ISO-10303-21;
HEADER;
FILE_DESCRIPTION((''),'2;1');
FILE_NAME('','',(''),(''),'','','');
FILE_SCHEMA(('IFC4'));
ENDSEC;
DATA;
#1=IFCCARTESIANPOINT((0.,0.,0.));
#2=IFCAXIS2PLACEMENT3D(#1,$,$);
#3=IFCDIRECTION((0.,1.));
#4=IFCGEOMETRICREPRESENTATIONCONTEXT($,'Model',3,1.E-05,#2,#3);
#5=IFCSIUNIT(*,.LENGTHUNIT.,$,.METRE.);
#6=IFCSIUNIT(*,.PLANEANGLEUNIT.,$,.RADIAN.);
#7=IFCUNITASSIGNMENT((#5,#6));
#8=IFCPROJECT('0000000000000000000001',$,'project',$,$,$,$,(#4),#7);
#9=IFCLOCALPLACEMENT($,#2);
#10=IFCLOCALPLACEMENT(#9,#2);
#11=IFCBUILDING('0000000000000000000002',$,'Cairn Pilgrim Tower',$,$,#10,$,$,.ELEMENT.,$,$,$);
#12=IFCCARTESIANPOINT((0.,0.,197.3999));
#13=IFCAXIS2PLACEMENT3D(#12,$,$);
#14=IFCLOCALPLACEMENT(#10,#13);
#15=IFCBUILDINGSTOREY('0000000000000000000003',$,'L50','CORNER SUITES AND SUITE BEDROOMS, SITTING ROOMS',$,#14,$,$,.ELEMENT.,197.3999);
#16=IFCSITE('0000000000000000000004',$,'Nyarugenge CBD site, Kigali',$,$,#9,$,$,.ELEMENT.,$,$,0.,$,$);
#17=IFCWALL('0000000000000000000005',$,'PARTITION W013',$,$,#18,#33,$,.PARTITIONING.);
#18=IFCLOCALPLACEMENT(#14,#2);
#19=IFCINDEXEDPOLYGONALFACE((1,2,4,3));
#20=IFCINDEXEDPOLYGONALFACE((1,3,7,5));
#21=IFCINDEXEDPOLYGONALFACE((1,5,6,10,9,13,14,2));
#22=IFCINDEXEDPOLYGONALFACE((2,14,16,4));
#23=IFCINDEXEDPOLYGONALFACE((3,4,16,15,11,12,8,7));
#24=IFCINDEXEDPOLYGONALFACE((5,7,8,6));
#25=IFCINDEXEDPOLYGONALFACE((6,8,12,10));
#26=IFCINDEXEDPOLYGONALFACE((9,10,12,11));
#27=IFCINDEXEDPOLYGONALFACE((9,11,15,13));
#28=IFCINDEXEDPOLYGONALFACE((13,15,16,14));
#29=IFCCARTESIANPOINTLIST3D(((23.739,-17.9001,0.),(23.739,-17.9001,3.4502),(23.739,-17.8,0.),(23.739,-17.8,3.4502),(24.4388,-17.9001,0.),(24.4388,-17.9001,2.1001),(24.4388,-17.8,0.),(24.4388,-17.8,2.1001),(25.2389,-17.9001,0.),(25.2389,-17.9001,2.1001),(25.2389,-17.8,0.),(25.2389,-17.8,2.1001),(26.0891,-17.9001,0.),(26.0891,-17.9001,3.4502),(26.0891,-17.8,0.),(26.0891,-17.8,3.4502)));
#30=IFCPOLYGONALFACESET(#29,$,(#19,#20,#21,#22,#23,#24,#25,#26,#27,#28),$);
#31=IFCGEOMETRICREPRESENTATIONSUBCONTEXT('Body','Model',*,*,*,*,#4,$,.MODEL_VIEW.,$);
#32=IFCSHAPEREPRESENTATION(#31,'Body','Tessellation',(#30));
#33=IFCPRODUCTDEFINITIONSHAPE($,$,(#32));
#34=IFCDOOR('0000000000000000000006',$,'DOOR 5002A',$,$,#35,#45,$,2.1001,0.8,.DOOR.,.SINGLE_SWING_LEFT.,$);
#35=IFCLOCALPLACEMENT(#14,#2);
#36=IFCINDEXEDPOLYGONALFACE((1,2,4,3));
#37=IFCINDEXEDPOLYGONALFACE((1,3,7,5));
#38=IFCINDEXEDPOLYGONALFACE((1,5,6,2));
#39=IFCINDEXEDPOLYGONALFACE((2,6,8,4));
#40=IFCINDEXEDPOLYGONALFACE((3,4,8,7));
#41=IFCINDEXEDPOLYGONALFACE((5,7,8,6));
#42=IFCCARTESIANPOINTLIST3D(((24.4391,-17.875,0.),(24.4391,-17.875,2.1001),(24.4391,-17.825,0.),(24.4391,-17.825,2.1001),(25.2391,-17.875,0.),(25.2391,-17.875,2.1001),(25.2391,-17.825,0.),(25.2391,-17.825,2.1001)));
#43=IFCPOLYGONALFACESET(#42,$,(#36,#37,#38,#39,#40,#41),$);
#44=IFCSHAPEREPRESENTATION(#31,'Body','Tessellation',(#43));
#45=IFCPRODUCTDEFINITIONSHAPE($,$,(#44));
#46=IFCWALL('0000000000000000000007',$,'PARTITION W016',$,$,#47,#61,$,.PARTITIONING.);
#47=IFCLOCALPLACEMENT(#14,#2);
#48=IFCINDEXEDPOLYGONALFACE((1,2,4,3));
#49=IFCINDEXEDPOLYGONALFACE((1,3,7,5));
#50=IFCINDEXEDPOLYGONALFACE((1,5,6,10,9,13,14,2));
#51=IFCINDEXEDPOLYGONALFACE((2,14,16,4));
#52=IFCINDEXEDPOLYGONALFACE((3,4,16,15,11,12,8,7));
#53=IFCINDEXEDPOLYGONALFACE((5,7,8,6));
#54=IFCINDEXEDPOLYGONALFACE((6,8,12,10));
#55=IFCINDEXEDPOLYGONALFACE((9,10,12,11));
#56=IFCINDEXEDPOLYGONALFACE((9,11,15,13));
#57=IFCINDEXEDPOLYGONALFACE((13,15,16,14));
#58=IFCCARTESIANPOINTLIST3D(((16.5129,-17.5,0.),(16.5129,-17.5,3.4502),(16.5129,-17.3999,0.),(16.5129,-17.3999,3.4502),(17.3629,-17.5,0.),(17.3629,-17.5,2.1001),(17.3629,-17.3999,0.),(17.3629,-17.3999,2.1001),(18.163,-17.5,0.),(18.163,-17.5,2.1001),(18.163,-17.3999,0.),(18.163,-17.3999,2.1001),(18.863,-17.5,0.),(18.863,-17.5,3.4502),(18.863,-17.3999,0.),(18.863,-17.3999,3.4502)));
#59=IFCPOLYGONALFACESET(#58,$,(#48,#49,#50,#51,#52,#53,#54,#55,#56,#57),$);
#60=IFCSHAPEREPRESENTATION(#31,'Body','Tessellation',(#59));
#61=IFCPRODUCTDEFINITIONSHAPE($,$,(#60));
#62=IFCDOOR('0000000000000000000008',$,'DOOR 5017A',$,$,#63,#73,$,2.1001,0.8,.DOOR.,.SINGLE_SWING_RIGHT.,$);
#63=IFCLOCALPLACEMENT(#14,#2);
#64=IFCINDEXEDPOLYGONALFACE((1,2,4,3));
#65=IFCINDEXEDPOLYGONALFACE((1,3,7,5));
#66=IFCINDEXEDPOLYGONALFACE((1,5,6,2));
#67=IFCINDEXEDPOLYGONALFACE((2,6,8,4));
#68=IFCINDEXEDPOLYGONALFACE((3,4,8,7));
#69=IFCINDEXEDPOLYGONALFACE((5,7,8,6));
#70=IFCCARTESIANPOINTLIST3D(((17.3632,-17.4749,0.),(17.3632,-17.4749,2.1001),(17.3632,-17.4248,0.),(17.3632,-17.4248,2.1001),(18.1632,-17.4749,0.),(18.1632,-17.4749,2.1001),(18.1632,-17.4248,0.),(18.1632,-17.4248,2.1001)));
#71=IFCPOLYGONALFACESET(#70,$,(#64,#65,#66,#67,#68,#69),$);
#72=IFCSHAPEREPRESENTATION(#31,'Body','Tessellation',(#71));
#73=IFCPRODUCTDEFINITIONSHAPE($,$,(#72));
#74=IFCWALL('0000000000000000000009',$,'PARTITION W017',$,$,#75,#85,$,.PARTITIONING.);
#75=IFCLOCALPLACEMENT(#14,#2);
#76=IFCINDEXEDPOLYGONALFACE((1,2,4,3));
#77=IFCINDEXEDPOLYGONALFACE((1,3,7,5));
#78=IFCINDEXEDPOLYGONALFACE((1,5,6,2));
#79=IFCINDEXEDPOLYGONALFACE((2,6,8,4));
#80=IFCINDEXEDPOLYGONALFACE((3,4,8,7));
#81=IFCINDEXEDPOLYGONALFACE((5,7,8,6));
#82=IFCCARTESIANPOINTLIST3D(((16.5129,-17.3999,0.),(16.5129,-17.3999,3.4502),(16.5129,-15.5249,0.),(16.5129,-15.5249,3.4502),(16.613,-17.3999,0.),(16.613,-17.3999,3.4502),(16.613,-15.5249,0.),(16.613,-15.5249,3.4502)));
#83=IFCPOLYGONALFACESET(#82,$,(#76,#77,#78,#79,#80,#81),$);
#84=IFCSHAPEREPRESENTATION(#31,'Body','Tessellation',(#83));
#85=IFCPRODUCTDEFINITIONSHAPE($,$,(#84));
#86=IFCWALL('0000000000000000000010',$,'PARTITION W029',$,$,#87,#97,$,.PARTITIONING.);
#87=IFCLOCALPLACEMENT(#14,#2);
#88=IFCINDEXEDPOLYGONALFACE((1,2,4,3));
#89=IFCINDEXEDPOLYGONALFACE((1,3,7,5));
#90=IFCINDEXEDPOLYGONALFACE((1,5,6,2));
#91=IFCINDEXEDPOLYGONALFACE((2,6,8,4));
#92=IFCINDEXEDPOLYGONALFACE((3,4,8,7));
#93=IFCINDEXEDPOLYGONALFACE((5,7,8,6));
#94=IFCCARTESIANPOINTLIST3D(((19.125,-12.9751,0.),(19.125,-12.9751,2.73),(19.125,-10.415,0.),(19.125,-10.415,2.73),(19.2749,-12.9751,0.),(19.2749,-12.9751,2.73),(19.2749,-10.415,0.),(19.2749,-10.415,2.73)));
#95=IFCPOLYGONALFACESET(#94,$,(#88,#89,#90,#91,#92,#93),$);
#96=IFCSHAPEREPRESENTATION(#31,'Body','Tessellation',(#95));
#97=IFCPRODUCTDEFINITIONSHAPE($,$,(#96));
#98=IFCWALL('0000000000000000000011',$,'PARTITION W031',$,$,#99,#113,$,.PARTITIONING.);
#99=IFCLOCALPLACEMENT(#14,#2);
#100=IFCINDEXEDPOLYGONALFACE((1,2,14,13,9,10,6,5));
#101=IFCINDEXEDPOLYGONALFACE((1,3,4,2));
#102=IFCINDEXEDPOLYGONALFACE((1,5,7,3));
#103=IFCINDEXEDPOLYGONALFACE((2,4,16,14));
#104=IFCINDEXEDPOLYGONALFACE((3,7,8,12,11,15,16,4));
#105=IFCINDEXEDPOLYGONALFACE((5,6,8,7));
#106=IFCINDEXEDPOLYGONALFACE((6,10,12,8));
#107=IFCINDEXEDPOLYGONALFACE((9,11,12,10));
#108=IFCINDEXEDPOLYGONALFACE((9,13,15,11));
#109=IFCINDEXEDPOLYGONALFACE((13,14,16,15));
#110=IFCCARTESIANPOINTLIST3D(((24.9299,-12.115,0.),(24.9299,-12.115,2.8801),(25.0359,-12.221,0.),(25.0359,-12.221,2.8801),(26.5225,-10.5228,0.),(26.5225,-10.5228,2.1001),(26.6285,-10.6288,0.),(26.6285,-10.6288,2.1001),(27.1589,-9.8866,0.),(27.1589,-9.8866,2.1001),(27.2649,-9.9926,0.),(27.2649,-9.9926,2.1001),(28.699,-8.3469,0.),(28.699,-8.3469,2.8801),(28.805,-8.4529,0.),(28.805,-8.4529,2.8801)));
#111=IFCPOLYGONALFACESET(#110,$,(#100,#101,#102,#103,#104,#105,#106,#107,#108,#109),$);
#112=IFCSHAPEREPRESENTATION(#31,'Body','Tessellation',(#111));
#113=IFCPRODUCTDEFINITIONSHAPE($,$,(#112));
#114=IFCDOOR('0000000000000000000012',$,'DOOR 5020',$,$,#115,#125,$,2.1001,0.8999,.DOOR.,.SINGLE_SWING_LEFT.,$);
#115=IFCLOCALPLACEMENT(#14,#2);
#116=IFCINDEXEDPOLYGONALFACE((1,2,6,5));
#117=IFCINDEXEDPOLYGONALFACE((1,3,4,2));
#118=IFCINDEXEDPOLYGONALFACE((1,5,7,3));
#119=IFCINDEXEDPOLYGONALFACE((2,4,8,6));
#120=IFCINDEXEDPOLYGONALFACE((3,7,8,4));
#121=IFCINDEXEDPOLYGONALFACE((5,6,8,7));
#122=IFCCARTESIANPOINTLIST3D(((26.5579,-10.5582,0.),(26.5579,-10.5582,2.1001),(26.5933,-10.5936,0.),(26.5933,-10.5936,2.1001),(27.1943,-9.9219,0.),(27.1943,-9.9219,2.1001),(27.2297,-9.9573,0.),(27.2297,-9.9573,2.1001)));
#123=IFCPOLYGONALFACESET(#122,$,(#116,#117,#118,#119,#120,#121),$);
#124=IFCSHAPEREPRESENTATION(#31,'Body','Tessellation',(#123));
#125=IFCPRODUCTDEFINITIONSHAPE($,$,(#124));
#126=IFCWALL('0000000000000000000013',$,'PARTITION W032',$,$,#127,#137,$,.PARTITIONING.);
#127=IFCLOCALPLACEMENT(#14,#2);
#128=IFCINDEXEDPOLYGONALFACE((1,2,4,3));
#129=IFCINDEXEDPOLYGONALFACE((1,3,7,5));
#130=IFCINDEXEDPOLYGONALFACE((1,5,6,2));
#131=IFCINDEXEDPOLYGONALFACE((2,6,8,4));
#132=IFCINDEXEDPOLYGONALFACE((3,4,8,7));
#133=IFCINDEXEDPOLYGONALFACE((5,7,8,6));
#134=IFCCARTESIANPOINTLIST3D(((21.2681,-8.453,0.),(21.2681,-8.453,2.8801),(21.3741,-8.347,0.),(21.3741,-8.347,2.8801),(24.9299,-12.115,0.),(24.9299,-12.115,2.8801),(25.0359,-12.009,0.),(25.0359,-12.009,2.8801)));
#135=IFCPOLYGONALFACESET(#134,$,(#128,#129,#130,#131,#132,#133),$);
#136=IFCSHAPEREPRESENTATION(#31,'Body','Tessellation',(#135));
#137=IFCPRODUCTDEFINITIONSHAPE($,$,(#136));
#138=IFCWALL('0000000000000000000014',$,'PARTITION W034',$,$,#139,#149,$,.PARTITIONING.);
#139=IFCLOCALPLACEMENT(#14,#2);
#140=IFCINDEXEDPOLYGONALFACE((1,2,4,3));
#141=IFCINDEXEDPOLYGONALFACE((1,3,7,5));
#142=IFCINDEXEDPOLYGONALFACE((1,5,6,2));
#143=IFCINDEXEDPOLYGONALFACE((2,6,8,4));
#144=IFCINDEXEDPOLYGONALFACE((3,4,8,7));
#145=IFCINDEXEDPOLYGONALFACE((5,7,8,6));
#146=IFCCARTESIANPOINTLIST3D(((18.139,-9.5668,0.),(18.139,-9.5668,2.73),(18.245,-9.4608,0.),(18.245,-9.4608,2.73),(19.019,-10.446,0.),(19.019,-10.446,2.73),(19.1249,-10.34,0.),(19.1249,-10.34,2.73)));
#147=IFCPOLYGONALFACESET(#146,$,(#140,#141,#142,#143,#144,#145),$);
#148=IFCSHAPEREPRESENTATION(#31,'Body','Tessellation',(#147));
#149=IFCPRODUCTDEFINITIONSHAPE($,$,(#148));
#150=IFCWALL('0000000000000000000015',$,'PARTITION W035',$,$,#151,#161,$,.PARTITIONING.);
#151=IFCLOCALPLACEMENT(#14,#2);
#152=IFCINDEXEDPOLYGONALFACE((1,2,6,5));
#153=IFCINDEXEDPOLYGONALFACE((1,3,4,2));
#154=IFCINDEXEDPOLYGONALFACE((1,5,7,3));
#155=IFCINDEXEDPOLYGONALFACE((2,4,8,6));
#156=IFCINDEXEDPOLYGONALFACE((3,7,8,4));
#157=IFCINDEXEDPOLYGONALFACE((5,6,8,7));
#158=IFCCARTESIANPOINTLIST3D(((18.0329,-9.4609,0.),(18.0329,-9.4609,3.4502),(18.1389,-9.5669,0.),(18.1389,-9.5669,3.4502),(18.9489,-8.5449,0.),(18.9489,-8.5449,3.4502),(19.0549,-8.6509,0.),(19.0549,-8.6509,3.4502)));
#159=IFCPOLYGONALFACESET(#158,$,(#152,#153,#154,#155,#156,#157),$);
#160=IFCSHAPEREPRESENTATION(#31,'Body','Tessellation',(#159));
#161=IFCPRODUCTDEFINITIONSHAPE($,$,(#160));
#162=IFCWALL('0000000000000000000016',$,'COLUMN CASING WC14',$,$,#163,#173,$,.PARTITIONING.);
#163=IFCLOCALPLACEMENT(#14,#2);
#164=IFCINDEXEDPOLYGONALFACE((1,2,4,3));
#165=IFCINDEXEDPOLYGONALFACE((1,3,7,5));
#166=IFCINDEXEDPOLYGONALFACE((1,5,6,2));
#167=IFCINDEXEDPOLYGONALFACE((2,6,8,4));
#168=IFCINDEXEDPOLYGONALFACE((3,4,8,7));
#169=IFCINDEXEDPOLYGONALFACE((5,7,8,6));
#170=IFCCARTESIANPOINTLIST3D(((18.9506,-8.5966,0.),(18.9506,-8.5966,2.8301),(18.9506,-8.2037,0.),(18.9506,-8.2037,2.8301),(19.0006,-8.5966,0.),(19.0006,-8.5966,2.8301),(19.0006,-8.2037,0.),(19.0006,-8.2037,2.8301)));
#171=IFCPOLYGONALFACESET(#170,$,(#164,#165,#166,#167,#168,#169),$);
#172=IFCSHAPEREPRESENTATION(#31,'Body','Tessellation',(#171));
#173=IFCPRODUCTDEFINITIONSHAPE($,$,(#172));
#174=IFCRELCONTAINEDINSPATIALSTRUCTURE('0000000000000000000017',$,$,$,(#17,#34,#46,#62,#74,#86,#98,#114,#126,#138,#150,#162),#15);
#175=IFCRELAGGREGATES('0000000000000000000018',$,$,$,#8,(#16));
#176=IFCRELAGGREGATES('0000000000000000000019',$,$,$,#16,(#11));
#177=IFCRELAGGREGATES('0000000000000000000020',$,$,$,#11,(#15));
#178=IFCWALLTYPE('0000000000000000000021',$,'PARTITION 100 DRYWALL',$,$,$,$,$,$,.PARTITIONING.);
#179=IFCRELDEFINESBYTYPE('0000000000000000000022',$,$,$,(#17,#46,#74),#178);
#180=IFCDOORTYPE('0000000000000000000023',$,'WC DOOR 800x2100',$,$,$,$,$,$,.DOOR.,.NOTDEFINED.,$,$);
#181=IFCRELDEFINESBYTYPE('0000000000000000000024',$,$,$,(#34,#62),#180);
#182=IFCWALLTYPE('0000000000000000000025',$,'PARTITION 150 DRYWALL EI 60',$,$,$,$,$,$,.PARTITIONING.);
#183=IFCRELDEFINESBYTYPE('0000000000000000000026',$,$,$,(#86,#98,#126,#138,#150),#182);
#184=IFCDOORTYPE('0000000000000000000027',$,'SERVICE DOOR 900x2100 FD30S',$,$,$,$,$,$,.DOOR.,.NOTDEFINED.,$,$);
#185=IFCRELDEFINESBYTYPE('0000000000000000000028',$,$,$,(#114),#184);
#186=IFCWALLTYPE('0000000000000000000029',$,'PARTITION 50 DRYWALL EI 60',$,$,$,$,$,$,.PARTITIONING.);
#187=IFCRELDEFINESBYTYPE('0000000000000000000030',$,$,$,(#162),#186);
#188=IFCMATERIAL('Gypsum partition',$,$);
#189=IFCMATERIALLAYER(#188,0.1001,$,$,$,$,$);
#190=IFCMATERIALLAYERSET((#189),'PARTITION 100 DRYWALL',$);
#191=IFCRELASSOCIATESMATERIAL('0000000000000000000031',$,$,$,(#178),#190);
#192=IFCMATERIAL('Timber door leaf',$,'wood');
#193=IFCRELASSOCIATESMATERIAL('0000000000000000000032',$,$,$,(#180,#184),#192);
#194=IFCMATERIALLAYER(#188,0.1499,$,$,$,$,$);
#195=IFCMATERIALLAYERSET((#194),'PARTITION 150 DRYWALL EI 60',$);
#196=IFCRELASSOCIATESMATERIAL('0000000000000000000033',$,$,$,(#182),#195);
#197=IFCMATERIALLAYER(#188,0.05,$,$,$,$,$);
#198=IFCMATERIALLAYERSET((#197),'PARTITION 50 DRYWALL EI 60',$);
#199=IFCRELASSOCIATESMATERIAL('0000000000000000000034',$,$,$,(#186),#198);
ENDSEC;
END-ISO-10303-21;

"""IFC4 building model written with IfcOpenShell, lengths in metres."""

from ifc_helpers import new_model, si_unit, direction, frame, frame_2d, origin, place, context, subcontext, project, spatial, rectangle, extrude, material, layer, layer_set, type_object, element, fill, save


model = new_model("IFC4")

# Units and contexts
model_context = context("Model", 3, precision=1e-05, world=origin(), true_north=direction((0.0, 1.0)))
body_context = subcontext(model_context, "Body", "Model", "MODEL_VIEW")
ifc_project = project(units=[si_unit("LENGTHUNIT", "METRE"), si_unit("PLANEANGLEUNIT", "RADIAN")], contexts=[model_context])

# Site, building, storey
site_placement = place(None, origin())
site = spatial("IfcSite", under=ifc_project, at=site_placement, Name="Nyarugenge CBD site, Kigali", CompositionType="ELEMENT", RefElevation=0.0)
building_placement = place(site_placement, origin())
building = spatial("IfcBuilding", under=site, at=building_placement, Name="Cairn Pilgrim Tower", CompositionType="ELEMENT")
storey_placement = place(building_placement, frame((0.0, 0.0, 197.3999)))
storey = spatial("IfcBuildingStorey", under=building, at=storey_placement, Name="L50", Description="CORNER SUITES AND SUITE BEDROOMS, SITTING ROOMS", CompositionType="ELEMENT", Elevation=197.3999)

# Walls, openings, doors
ifc_material_1 = material(Name="Gypsum partition")
ifc_layer_1 = layer(ifc_material_1, 0.1001)
ifc_layer_set_1 = layer_set([ifc_layer_1], Name="PARTITION 100 DRYWALL")
wall_type_1 = type_object("IfcWallType", Name="PARTITION 100 DRYWALL", PredefinedType="PARTITIONING", material=ifc_layer_set_1)
ifc_material_2 = material(Name="Timber door leaf", Category="wood")
wall_1_placement = place(storey_placement, frame((23.739, -17.8501, 0.0), z_axis=(0.0, 0.0, 1.0), x_axis=(1.0, 0.0, 0.0)))
wall_1 = element("IfcWall", 1, at=wall_1_placement, inside=storey, type_object=wall_type_1, Name="PARTITION W013", PredefinedType="PARTITIONING", context=body_context, shape_type="SweptSolid", body=[
    extrude(rectangle(XDim=2.3501, YDim=0.1001, at=frame_2d((1.175, 0.0))), origin(), (0.0, 0.0, 1.0), 3.4502),
])
opening_1_placement = place(wall_1_placement, frame((0.7, 0.0, 0.0)))
opening_1 = element("IfcOpeningElement", 2, at=opening_1_placement, cuts=wall_1, PredefinedType="OPENING", context=body_context, shape_type="SweptSolid", body=[
    extrude(rectangle(XDim=0.8, YDim=2.1001, at=frame_2d((0.3999, 1.05))), frame((0.0, 0.0601, 0.0), z_axis=(0.0, -1.0, 0.0), x_axis=(1.0, 0.0, 0.0)), (0.0, 0.0, 1.0), 0.1201),
])
door_type_1 = type_object("IfcDoorType", Name="WC DOOR 800x2100", OperationType="NOTDEFINED", PredefinedType="DOOR", material=ifc_material_2)
door_1_placement = place(opening_1_placement, frame((0.8, 0.0, 0.0), z_axis=(0.0, 0.0, 1.0), x_axis=(-1.0, 0.0, 0.0)))
door_1 = element("IfcDoor", 3, at=door_1_placement, inside=storey, type_object=door_type_1, Name="DOOR 5002A", OperationType="SINGLE_SWING_LEFT", OverallHeight=2.1001, OverallWidth=0.8, PredefinedType="DOOR", context=body_context, shape_type="SweptSolid", body=[
    extrude(rectangle(XDim=0.8, YDim=2.1001, at=frame_2d((0.3999, 1.05))), frame((0.0, 0.0249, 0.0), z_axis=(0.0, -1.0, 0.0), x_axis=(1.0, 0.0, 0.0)), (0.0, 0.0, 1.0), 0.05),
])
fill(opening_1, door_1)
wall_2_placement = place(storey_placement, frame((16.5129, -17.45, 0.0), z_axis=(0.0, 0.0, 1.0), x_axis=(1.0, 0.0, 0.0)))
wall_2 = element("IfcWall", 4, at=wall_2_placement, inside=storey, type_object=wall_type_1, Name="PARTITION W016", PredefinedType="PARTITIONING", context=body_context, shape_type="SweptSolid", body=[
    extrude(rectangle(XDim=2.3501, YDim=0.1001, at=frame_2d((1.175, 0.0))), origin(), (0.0, 0.0, 1.0), 3.4502),
])
opening_2_placement = place(wall_2_placement, frame((0.8501, 0.0, 0.0)))
opening_2 = element("IfcOpeningElement", 5, at=opening_2_placement, cuts=wall_2, PredefinedType="OPENING", context=body_context, shape_type="SweptSolid", body=[
    extrude(rectangle(XDim=0.8, YDim=2.1001, at=frame_2d((0.3999, 1.05))), frame((0.0, 0.0601, 0.0), z_axis=(0.0, -1.0, 0.0), x_axis=(1.0, 0.0, 0.0)), (0.0, 0.0, 1.0), 0.1201),
])
door_2_placement = place(opening_2_placement, frame((0.8, 0.0, 0.0), z_axis=(0.0, 0.0, 1.0), x_axis=(-1.0, 0.0, 0.0)))
door_2 = element("IfcDoor", 6, at=door_2_placement, inside=storey, type_object=door_type_1, Name="DOOR 5017A", OperationType="SINGLE_SWING_RIGHT", OverallHeight=2.1001, OverallWidth=0.8, PredefinedType="DOOR", context=body_context, shape_type="SweptSolid", body=[
    extrude(rectangle(XDim=0.8, YDim=2.1001, at=frame_2d((0.3999, 1.05))), frame((0.0, 0.0249, 0.0), z_axis=(0.0, -1.0, 0.0), x_axis=(1.0, 0.0, 0.0)), (0.0, 0.0, 1.0), 0.05),
])
fill(opening_2, door_2)

# Walls
wall_3_placement = place(storey_placement, frame((16.563, -17.3999, 0.0), z_axis=(0.0, 0.0, 1.0), x_axis=(0.0, 1.0, 0.0)))
element("IfcWall", 7, at=wall_3_placement, inside=storey, type_object=wall_type_1, Name="PARTITION W017", PredefinedType="PARTITIONING", context=body_context, shape_type="SweptSolid", body=[
    extrude(rectangle(XDim=1.875, YDim=0.1001, at=frame_2d((0.9375, 0.0))), origin(), (0.0, 0.0, 1.0), 3.4502),
])
ifc_layer_2 = layer(ifc_material_1, 0.1499)
ifc_layer_set_2 = layer_set([ifc_layer_2], Name="PARTITION 150 DRYWALL EI 60")
wall_type_2 = type_object("IfcWallType", Name="PARTITION 150 DRYWALL EI 60", PredefinedType="PARTITIONING", material=ifc_layer_set_2)
wall_4_placement = place(storey_placement, frame((19.2, -12.9751, 0.0), z_axis=(0.0, 0.0, 1.0), x_axis=(0.0, 1.0, 0.0)))
element("IfcWall", 8, at=wall_4_placement, inside=storey, type_object=wall_type_2, Name="PARTITION W029", PredefinedType="PARTITIONING", context=body_context, shape_type="SweptSolid", body=[
    extrude(rectangle(XDim=2.5601, YDim=0.1499, at=frame_2d((1.28, 0.0))), origin(), (0.0, 0.0, 1.0), 2.73),
])

# Wall, opening, door
wall_5_placement = place(storey_placement, frame((24.9829, -12.168, 0.0), z_axis=(0.0, 0.0, 1.0), x_axis=(0.707198, 0.707015, 0.0)))
wall_5 = element("IfcWall", 9, at=wall_5_placement, inside=storey, type_object=wall_type_2, Name="PARTITION W031", PredefinedType="PARTITIONING", context=body_context, shape_type="SweptSolid", body=[
    extrude(rectangle(XDim=5.3296, YDim=0.1499, at=frame_2d((2.6648, 0.0))), origin(), (0.0, 0.0, 1.0), 2.8801),
])
opening_3_placement = place(wall_5_placement, frame((2.252, 0.0, 0.0)))
opening_3 = element("IfcOpeningElement", 10, at=opening_3_placement, cuts=wall_5, PredefinedType="OPENING", context=body_context, shape_type="SweptSolid", body=[
    extrude(rectangle(XDim=0.8999, YDim=2.1001, at=frame_2d((0.45, 1.05))), frame((0.0, 0.085, 0.0), z_axis=(0.0, -1.0, 0.0), x_axis=(1.0, 0.0, 0.0)), (0.0, 0.0, 1.0), 0.1699),
])
door_type_2 = type_object("IfcDoorType", Name="SERVICE DOOR 900x2100 FD30S", OperationType="NOTDEFINED", PredefinedType="DOOR", material=ifc_material_2)
door_3_placement = place(opening_3_placement, origin())
door_3 = element("IfcDoor", 11, at=door_3_placement, inside=storey, type_object=door_type_2, Name="DOOR 5020", OperationType="SINGLE_SWING_LEFT", OverallHeight=2.1001, OverallWidth=0.8999, PredefinedType="DOOR", context=body_context, shape_type="SweptSolid", body=[
    extrude(rectangle(XDim=0.8999, YDim=2.1001, at=frame_2d((0.45, 1.05))), frame((0.0, 0.0249, 0.0), z_axis=(0.0, -1.0, 0.0), x_axis=(1.0, 0.0, 0.0)), (0.0, 0.0, 1.0), 0.05),
])
fill(opening_3, door_3)

# Walls
wall_6_placement = place(storey_placement, frame((24.9829, -12.062, 0.0), z_axis=(0.0, 0.0, 1.0), x_axis=(-0.707083, 0.70713, 0.0)))
element("IfcWall", 12, at=wall_6_placement, inside=storey, type_object=wall_type_2, Name="PARTITION W032", PredefinedType="PARTITIONING", context=body_context, shape_type="SweptSolid", body=[
    extrude(rectangle(XDim=5.1787, YDim=0.1499, at=frame_2d((2.5894, 0.0))), origin(), (0.0, 0.0, 1.0), 2.8801),
])
wall_7_placement = place(storey_placement, frame((19.072, -10.3931, 0.0), z_axis=(0.0, 0.0, 1.0), x_axis=(-0.707401, 0.706812, 0.0)))
element("IfcWall", 13, at=wall_7_placement, inside=storey, type_object=wall_type_2, Name="PARTITION W034", PredefinedType="PARTITIONING", context=body_context, shape_type="SweptSolid", body=[
    extrude(rectangle(XDim=1.2439, YDim=0.1499, at=frame_2d((0.6221, 0.0))), origin(), (0.0, 0.0, 1.0), 2.73),
])
wall_8_placement = place(storey_placement, frame((18.0859, -9.5139, 0.0), z_axis=(0.0, 0.0, 1.0), x_axis=(0.707107, 0.707107, 0.0)))
element("IfcWall", 14, at=wall_8_placement, inside=storey, type_object=wall_type_2, Name="PARTITION W035", PredefinedType="PARTITIONING", context=body_context, shape_type="SweptSolid", body=[
    extrude(rectangle(XDim=1.2954, YDim=0.1499, at=frame_2d((0.6477, 0.0))), origin(), (0.0, 0.0, 1.0), 3.4502),
])
ifc_layer_3 = layer(ifc_material_1, 0.05)
ifc_layer_set_3 = layer_set([ifc_layer_3], Name="PARTITION 50 DRYWALL EI 60")
wall_type_3 = type_object("IfcWallType", Name="PARTITION 50 DRYWALL EI 60", PredefinedType="PARTITIONING", material=ifc_layer_set_3)
wall_9_placement = place(storey_placement, frame((18.9756, -8.5964, 0.0), z_axis=(0.0, 0.0, 1.0), x_axis=(0.0, 1.0, 0.0)))
element("IfcWall", 15, at=wall_9_placement, inside=storey, type_object=wall_type_3, Name="COLUMN CASING WC14", PredefinedType="PARTITIONING", context=body_context, shape_type="SweptSolid", body=[
    extrude(rectangle(XDim=0.3928, YDim=0.05, at=frame_2d((0.1963, 0.0))), origin(), (0.0, 0.0, 1.0), 2.8301),
])

save(model, "model.ifc")
